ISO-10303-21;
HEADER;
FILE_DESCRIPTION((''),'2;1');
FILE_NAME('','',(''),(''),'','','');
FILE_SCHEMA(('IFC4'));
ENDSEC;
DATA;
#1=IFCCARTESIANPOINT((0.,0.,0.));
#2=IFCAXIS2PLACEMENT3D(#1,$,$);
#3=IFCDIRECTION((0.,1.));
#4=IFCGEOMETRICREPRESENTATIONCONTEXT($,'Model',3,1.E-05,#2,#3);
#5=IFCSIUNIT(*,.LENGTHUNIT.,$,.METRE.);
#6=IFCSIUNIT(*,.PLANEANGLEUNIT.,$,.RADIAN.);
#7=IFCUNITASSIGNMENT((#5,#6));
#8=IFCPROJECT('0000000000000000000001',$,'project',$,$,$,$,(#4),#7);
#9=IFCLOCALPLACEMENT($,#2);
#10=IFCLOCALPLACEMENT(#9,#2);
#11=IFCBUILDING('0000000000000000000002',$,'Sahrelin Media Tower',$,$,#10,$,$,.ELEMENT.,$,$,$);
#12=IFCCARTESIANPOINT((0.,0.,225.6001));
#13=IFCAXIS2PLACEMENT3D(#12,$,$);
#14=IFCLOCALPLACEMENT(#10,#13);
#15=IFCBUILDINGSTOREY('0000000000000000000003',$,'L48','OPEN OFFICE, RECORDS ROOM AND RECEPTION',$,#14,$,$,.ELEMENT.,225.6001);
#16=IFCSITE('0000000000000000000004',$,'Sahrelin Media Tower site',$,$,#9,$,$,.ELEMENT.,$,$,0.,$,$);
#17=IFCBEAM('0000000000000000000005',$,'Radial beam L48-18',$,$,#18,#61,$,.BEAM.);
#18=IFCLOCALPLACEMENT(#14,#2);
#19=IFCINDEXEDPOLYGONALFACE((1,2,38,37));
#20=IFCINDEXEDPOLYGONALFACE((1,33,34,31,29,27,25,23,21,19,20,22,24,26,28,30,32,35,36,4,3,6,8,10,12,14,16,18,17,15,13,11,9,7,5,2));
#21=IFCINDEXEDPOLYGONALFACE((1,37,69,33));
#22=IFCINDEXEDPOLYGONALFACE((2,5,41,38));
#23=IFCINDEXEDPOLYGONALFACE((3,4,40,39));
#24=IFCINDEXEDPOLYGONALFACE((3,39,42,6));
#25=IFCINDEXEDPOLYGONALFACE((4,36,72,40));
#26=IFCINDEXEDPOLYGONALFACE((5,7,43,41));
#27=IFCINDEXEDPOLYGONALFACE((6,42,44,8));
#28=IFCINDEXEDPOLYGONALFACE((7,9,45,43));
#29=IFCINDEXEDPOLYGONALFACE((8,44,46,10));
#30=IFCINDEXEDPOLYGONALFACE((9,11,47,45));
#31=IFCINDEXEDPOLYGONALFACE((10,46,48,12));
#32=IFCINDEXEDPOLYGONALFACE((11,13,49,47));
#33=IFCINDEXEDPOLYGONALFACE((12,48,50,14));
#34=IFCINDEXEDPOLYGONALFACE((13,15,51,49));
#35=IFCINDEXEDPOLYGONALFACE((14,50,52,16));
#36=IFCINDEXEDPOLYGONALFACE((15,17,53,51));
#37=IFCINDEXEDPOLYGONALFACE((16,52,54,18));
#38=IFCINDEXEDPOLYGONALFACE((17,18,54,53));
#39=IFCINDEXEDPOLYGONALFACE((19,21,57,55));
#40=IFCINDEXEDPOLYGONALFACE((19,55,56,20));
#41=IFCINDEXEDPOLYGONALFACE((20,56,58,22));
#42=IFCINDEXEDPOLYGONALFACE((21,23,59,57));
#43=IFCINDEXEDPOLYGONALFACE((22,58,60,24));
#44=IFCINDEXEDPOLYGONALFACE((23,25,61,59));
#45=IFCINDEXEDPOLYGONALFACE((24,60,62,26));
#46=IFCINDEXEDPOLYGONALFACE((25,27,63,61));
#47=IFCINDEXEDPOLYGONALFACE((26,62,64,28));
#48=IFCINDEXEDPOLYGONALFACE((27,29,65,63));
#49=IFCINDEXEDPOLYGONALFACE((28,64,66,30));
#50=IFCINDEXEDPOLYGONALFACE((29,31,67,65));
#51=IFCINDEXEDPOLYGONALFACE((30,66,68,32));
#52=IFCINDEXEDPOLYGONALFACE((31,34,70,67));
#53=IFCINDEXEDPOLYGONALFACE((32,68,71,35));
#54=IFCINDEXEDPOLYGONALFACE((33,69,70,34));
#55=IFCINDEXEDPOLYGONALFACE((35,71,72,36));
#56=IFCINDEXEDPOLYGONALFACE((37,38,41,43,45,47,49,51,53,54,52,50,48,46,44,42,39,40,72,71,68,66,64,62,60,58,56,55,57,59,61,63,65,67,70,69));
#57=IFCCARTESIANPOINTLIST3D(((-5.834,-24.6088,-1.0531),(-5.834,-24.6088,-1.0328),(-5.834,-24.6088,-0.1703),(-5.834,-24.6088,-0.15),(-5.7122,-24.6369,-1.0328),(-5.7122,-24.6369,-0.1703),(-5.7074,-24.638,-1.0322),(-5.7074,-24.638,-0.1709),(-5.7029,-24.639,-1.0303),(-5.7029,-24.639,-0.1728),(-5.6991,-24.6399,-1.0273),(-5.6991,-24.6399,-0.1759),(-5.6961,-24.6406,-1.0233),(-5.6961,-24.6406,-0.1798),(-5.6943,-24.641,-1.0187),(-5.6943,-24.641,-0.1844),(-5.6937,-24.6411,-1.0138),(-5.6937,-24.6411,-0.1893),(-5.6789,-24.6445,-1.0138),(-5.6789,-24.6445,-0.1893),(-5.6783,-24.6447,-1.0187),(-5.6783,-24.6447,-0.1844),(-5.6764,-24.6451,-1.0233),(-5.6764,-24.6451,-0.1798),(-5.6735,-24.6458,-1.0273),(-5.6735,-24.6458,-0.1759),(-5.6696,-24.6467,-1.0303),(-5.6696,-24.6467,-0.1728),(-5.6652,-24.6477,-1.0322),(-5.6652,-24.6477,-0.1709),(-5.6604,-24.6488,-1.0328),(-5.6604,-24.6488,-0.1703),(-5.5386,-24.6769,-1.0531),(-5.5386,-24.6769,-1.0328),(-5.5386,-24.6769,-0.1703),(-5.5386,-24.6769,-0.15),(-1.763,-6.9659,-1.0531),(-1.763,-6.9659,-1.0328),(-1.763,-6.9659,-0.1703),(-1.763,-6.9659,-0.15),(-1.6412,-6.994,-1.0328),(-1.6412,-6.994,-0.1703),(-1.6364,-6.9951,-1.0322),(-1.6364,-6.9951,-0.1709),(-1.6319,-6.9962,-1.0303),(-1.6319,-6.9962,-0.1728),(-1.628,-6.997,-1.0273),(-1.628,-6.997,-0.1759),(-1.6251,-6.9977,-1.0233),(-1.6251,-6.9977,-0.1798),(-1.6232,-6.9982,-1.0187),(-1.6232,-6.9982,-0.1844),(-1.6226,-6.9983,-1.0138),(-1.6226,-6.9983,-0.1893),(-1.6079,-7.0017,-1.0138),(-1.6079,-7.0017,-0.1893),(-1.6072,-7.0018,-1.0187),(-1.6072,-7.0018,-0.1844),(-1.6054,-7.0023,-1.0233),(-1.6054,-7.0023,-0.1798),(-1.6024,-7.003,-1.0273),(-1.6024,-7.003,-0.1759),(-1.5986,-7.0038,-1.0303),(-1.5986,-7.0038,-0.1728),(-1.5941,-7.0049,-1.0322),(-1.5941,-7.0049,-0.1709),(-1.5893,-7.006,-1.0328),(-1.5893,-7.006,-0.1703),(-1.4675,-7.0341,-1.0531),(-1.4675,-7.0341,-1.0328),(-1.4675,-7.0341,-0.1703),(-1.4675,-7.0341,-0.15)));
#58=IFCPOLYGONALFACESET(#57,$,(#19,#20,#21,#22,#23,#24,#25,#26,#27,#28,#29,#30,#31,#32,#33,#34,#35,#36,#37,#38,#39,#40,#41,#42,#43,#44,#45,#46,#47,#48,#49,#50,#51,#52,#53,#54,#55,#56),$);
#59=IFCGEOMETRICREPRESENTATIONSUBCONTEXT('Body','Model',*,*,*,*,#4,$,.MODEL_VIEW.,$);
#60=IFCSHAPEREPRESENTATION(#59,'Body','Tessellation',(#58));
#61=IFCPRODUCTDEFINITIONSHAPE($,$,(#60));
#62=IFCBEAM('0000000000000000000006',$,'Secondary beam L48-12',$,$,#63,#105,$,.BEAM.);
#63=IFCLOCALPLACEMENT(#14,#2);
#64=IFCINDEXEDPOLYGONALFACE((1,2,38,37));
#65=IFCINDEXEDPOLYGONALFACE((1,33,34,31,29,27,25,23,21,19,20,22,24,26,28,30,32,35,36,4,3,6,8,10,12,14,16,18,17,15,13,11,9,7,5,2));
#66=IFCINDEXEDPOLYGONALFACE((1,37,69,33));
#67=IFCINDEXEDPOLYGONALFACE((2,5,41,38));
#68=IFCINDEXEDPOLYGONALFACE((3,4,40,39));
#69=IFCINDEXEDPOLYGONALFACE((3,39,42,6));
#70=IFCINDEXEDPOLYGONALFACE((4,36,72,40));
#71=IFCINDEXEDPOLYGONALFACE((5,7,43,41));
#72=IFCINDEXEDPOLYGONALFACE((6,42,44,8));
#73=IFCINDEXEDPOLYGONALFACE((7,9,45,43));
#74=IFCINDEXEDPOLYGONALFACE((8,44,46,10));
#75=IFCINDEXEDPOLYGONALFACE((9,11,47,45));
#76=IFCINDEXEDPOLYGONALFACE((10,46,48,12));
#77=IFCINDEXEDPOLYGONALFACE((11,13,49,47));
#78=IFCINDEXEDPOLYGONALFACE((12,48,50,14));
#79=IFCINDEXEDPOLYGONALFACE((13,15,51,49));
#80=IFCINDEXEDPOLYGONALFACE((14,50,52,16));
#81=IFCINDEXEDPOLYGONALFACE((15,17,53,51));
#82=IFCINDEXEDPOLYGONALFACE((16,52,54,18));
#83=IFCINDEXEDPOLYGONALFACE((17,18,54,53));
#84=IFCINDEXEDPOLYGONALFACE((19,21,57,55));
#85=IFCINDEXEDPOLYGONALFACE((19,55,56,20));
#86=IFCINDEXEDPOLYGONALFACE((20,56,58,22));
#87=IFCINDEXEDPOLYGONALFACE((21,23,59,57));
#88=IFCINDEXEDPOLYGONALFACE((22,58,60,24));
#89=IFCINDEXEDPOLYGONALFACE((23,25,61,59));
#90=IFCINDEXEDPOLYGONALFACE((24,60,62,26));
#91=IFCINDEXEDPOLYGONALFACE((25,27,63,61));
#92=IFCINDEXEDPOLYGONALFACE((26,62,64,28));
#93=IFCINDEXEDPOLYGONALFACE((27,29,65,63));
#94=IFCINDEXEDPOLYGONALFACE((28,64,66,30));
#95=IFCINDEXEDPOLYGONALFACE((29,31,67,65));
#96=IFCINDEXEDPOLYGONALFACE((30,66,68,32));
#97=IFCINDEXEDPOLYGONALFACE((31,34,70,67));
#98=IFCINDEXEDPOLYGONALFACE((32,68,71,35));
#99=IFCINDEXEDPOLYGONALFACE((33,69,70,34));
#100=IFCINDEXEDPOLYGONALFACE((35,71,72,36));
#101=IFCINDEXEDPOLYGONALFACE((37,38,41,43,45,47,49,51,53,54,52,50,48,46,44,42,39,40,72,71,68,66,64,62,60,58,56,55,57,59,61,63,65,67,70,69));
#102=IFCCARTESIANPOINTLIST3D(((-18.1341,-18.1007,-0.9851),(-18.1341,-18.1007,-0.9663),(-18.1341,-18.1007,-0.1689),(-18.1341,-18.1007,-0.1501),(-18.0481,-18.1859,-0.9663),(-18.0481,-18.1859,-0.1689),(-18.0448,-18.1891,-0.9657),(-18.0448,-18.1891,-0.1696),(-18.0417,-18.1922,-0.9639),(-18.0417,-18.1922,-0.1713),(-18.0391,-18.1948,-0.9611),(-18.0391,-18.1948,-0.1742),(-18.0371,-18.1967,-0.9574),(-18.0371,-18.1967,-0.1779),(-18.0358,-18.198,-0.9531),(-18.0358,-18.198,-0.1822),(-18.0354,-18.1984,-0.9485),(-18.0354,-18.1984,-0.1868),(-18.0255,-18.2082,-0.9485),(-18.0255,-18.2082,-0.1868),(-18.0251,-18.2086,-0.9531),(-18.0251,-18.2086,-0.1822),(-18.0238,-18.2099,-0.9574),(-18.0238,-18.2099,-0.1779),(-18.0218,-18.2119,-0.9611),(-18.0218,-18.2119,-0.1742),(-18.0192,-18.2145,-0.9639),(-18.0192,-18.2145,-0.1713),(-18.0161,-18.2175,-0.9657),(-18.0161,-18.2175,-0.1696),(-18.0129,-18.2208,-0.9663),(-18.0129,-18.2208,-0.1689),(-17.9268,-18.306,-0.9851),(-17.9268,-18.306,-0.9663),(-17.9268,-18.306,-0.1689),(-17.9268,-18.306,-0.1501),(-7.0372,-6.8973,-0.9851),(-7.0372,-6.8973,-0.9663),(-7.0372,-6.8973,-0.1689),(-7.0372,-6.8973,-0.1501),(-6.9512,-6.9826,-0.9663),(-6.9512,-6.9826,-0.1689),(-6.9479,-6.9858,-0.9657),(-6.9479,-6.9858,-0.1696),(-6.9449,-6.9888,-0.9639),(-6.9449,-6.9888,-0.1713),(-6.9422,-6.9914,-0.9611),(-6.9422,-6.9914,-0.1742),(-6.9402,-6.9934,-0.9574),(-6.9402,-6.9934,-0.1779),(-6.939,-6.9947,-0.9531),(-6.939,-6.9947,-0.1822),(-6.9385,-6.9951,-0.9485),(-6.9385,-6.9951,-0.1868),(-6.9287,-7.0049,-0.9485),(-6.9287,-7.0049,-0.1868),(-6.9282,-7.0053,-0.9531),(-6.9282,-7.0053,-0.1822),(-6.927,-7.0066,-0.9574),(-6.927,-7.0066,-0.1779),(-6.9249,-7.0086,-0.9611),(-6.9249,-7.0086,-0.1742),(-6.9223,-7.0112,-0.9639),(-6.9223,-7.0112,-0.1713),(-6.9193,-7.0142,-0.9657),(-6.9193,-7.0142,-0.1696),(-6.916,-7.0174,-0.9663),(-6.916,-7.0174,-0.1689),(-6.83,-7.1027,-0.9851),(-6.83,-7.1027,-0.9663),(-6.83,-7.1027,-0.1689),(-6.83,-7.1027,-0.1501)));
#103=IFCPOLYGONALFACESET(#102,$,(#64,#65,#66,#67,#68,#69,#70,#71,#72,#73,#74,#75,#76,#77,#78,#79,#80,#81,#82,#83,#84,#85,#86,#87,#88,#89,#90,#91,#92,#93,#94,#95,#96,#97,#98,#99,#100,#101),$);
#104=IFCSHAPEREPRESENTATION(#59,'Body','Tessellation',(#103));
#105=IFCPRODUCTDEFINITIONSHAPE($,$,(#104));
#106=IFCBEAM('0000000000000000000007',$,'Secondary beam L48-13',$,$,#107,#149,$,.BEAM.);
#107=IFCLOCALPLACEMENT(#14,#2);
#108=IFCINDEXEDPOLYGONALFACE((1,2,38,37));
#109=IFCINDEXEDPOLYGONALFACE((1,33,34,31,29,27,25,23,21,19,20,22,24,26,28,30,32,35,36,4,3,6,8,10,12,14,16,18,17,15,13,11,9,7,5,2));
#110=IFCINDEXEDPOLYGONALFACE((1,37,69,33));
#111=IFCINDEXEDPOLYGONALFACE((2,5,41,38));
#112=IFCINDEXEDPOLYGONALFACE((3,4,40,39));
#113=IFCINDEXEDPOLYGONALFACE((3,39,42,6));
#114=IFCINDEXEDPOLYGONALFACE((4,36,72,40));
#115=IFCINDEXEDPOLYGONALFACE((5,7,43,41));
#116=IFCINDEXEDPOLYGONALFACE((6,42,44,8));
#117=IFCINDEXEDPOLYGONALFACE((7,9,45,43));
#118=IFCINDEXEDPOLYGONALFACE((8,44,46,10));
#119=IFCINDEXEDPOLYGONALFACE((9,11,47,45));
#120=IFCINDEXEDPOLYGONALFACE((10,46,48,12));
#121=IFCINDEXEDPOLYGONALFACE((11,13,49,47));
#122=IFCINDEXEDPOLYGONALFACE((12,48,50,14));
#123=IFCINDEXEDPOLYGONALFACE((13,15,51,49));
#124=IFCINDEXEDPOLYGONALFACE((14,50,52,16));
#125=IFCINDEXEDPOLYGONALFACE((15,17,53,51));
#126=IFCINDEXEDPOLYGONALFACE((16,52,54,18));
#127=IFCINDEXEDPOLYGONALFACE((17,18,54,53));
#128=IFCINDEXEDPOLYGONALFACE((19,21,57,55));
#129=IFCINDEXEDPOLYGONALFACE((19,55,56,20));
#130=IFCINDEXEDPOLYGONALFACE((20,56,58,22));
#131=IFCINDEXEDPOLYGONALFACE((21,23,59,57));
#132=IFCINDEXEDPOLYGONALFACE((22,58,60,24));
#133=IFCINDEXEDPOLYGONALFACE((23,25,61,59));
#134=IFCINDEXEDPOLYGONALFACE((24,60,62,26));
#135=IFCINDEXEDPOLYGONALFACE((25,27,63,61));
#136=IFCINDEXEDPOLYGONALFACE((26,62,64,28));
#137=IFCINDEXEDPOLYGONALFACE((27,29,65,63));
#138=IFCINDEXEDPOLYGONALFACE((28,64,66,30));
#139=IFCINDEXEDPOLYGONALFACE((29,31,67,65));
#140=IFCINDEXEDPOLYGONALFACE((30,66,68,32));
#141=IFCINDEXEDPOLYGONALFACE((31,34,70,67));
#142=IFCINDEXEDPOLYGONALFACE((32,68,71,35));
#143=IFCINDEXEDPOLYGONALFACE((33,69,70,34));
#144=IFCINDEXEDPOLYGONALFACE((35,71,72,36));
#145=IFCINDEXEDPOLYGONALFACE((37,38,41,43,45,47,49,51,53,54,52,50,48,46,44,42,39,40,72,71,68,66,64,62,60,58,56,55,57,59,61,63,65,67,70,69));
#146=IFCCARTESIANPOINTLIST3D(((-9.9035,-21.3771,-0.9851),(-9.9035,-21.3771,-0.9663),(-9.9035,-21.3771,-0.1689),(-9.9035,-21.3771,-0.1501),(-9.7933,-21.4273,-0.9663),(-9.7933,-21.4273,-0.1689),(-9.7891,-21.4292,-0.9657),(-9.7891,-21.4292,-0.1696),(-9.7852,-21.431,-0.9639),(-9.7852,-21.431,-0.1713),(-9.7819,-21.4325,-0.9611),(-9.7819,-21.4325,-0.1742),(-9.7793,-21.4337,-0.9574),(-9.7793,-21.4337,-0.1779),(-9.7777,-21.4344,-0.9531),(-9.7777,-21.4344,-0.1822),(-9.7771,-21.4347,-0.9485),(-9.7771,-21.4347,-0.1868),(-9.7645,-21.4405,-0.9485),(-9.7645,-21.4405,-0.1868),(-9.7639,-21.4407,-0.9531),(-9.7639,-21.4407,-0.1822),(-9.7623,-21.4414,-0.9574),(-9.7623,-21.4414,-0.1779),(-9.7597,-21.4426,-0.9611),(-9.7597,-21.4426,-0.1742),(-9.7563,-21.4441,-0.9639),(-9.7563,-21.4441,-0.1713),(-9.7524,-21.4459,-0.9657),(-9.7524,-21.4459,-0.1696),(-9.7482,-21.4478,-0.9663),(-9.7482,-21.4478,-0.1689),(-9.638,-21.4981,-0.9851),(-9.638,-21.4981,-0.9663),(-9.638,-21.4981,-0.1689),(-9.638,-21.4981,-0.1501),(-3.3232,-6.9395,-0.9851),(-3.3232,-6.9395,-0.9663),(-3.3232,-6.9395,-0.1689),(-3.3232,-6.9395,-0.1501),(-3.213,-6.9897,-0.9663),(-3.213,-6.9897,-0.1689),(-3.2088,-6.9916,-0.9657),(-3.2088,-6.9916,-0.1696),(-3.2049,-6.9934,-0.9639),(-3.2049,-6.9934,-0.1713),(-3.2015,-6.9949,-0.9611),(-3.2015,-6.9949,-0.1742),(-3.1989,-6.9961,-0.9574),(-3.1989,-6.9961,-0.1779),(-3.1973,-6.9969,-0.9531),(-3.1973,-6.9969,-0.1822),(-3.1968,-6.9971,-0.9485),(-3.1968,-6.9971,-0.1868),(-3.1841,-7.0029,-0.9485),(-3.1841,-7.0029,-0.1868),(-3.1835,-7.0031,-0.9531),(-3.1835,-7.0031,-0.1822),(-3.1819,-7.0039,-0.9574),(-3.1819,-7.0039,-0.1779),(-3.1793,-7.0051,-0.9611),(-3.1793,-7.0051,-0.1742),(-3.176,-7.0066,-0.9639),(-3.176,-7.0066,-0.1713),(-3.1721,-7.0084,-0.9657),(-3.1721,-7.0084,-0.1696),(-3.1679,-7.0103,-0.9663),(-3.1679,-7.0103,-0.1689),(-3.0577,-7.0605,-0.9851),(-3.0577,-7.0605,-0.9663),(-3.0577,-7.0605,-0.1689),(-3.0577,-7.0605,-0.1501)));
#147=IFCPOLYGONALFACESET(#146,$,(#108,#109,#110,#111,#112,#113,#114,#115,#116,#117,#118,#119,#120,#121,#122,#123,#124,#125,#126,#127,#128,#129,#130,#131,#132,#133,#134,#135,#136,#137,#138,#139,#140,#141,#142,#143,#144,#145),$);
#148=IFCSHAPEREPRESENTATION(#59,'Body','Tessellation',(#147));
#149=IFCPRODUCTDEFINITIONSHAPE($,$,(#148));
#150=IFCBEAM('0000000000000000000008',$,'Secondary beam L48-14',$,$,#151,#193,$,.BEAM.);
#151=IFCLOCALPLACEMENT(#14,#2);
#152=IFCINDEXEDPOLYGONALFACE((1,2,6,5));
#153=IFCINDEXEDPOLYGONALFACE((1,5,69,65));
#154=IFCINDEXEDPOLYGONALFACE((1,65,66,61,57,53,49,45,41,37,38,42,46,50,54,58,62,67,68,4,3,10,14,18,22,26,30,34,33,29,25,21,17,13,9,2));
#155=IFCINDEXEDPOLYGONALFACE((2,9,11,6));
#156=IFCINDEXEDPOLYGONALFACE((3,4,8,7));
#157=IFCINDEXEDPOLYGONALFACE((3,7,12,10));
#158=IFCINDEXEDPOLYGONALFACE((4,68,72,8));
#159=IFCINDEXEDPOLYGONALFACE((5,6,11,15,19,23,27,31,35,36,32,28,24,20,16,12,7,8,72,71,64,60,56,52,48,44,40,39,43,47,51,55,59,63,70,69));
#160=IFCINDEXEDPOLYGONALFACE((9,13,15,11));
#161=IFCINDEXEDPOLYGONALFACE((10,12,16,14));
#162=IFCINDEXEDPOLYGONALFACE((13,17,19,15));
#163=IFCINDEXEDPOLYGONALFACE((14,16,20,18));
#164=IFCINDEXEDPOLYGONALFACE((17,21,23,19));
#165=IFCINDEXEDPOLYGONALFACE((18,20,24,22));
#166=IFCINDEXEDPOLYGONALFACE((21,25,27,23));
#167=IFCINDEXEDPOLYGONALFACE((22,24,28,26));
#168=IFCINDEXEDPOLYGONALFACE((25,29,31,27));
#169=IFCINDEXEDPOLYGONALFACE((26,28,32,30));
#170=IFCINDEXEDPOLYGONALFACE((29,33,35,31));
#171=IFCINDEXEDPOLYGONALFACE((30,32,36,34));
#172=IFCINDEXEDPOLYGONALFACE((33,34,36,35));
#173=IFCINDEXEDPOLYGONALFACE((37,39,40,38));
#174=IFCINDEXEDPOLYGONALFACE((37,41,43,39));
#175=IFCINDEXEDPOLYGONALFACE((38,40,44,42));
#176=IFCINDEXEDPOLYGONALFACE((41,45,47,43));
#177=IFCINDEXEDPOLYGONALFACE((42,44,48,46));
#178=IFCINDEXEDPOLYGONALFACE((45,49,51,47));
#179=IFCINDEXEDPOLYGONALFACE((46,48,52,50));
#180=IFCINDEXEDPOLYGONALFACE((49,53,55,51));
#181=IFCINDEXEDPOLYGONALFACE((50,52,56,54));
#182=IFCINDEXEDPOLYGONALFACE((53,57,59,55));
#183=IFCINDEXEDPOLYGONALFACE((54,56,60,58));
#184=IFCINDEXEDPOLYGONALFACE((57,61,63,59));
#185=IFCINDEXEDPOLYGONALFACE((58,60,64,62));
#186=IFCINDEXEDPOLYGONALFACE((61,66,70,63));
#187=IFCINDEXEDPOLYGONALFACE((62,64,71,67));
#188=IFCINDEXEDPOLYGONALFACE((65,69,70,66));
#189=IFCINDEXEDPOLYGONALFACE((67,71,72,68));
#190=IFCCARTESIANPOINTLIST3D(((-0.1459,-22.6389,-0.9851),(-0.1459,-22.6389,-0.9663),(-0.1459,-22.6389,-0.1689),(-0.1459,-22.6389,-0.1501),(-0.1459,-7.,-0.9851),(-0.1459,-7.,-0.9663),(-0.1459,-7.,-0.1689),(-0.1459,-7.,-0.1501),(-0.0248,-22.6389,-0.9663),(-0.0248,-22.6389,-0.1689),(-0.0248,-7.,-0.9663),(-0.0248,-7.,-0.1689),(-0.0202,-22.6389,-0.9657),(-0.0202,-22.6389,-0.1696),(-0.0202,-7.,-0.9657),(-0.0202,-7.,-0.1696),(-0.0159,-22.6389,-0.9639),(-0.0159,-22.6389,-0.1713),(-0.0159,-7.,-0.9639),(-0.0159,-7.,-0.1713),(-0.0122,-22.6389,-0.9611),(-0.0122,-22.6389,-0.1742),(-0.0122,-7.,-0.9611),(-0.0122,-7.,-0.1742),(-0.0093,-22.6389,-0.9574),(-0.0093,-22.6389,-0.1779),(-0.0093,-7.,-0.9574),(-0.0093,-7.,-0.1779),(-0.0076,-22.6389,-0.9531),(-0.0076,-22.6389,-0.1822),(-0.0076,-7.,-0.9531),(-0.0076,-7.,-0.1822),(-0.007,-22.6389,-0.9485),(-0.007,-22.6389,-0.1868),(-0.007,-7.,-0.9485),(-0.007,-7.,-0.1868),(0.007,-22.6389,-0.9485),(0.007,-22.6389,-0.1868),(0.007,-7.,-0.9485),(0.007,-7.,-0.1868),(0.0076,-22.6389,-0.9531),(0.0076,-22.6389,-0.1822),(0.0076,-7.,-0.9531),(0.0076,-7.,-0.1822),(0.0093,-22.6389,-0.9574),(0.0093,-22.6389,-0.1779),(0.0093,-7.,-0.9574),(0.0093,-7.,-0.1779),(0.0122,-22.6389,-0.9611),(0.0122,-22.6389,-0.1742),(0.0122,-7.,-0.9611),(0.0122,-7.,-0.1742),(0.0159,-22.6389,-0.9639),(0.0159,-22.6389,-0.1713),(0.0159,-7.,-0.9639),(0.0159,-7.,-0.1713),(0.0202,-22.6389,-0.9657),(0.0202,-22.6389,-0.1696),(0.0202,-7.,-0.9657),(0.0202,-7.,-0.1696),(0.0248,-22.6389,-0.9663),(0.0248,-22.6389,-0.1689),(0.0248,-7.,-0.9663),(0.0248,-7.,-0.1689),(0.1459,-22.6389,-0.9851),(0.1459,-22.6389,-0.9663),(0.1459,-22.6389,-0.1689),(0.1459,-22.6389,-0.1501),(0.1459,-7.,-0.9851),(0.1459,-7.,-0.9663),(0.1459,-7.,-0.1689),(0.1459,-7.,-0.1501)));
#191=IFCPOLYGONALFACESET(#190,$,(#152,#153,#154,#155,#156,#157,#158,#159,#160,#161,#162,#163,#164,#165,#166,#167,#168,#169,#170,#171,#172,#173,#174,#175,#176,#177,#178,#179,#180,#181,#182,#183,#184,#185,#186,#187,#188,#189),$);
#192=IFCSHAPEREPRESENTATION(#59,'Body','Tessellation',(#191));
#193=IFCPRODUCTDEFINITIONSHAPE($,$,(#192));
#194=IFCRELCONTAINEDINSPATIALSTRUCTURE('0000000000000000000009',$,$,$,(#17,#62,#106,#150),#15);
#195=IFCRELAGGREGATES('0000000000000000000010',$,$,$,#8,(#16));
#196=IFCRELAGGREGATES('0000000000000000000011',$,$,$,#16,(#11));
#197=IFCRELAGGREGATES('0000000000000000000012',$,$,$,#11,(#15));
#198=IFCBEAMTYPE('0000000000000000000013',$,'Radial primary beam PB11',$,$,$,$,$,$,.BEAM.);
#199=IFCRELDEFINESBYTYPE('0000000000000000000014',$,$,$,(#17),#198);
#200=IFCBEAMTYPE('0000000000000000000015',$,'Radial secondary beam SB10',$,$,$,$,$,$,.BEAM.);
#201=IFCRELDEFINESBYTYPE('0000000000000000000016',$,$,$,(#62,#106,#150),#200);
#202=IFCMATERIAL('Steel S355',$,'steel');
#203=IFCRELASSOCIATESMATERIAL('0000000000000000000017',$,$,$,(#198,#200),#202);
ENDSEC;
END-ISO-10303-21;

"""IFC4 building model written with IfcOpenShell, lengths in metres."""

from ifc_helpers import new_model, si_unit, direction, frame, origin, origin_2d, place, context, subcontext, project, spatial, i_section, extrude, material, material_profile, profile_set, type_object, element, save


model = new_model("IFC4")

# Units and contexts
model_context = context("Model", 3, precision=1e-05, world=origin(), true_north=direction((0.0, 1.0)))
body_context = subcontext(model_context, "Body", "Model", "MODEL_VIEW")
ifc_project = project(units=[si_unit("LENGTHUNIT", "METRE"), si_unit("PLANEANGLEUNIT", "RADIAN")], contexts=[model_context])

# Site, building, storey
site_placement = place(None, origin())
site = spatial("IfcSite", under=ifc_project, at=site_placement, Name="Sahrelin Media Tower site", CompositionType="ELEMENT", RefElevation=0.0)
building_placement = place(site_placement, origin())
building = spatial("IfcBuilding", under=site, at=building_placement, Name="Sahrelin Media Tower", CompositionType="ELEMENT")
storey_placement = place(building_placement, frame((0.0, 0.0, 225.6001)))
storey = spatial("IfcBuildingStorey", under=building, at=storey_placement, Name="L48", Description="OPEN OFFICE, RECORDS ROOM AND RECEPTION", CompositionType="ELEMENT", Elevation=225.6001)

# Shared definitions
ifc_material_1 = material(Name="Steel S355", Category="steel")

# Beams
ifc_material_profile_1 = material_profile(ifc_material_1, i_section(OverallWidth=0.3032, OverallDepth=0.9031, WebThickness=0.0151, FlangeThickness=0.0203, FilletRadius=0.019, at=origin_2d()), Name="UB 914x305x201")
ifc_profile_set_1 = profile_set([ifc_material_profile_1], Name="Steel S355")
beam_type_1 = type_object("IfcBeamType", Name="Radial primary beam PB11", PredefinedType="BEAM", material=ifc_profile_set_1)
beam_1_placement = place(storey_placement, frame((-1.6152, -7.0, -0.6016), z_axis=(-0.22484, -0.974396, 0.0), x_axis=(0.974396, -0.22484, 0.0)))
element("IfcBeam", 1, at=beam_1_placement, inside=storey, type_object=beam_type_1, Name="Radial beam L48-18", PredefinedType="BEAM", context=body_context, shape_type="SweptSolid", body=[
    extrude(i_section(OverallWidth=0.3032, OverallDepth=0.9031, WebThickness=0.0151, FlangeThickness=0.0203, FilletRadius=0.019, at=origin_2d()), origin(), (0.0, 0.0, 1.0), 18.1064),
])
ifc_material_profile_2 = material_profile(ifc_material_1, i_section(OverallWidth=0.2917, OverallDepth=0.835, WebThickness=0.0139, FlangeThickness=0.0188, FilletRadius=0.0178, at=origin_2d()), Name="UB 838x292x176")
ifc_profile_set_2 = profile_set([ifc_material_profile_2], Name="Steel S355")
beam_type_2 = type_object("IfcBeamType", Name="Radial secondary beam SB10", PredefinedType="BEAM", material=ifc_profile_set_2)
beam_2_placement = place(storey_placement, frame((-6.9336, -7.0, -0.5676), z_axis=(-0.703724, -0.710474, 0.0), x_axis=(0.710474, -0.703724, 0.0)))
element("IfcBeam", 2, at=beam_2_placement, inside=storey, type_object=beam_type_2, Name="Secondary beam L48-12", PredefinedType="BEAM", context=body_context, shape_type="SweptSolid", body=[
    extrude(i_section(OverallWidth=0.2917, OverallDepth=0.835, WebThickness=0.0139, FlangeThickness=0.0188, FilletRadius=0.0178, at=origin_2d()), origin(), (0.0, 0.0, 1.0), 15.7688),
])
beam_3_placement = place(storey_placement, frame((-3.1904, -7.0, -0.5676), z_axis=(-0.414734, -0.909943, 0.0), x_axis=(0.909943, -0.414734, 0.0)))
element("IfcBeam", 3, at=beam_3_placement, inside=storey, type_object=beam_type_2, Name="Secondary beam L48-13", PredefinedType="BEAM", context=body_context, shape_type="SweptSolid", body=[
    extrude(i_section(OverallWidth=0.2917, OverallDepth=0.835, WebThickness=0.0139, FlangeThickness=0.0188, FilletRadius=0.0178, at=origin_2d()), origin(), (0.0, 0.0, 1.0), 15.8665),
])
beam_4_placement = place(storey_placement, frame((0.0, -7.0, -0.5676), z_axis=(0.0, -1.0, 0.0), x_axis=(1.0, 0.0, 0.0)))
element("IfcBeam", 4, at=beam_4_placement, inside=storey, type_object=beam_type_2, Name="Secondary beam L48-14", PredefinedType="BEAM", context=body_context, shape_type="SweptSolid", body=[
    extrude(i_section(OverallWidth=0.2917, OverallDepth=0.835, WebThickness=0.0139, FlangeThickness=0.0188, FilletRadius=0.0178, at=origin_2d()), origin(), (0.0, 0.0, 1.0), 15.6389),
])

save(model, "model.ifc")
